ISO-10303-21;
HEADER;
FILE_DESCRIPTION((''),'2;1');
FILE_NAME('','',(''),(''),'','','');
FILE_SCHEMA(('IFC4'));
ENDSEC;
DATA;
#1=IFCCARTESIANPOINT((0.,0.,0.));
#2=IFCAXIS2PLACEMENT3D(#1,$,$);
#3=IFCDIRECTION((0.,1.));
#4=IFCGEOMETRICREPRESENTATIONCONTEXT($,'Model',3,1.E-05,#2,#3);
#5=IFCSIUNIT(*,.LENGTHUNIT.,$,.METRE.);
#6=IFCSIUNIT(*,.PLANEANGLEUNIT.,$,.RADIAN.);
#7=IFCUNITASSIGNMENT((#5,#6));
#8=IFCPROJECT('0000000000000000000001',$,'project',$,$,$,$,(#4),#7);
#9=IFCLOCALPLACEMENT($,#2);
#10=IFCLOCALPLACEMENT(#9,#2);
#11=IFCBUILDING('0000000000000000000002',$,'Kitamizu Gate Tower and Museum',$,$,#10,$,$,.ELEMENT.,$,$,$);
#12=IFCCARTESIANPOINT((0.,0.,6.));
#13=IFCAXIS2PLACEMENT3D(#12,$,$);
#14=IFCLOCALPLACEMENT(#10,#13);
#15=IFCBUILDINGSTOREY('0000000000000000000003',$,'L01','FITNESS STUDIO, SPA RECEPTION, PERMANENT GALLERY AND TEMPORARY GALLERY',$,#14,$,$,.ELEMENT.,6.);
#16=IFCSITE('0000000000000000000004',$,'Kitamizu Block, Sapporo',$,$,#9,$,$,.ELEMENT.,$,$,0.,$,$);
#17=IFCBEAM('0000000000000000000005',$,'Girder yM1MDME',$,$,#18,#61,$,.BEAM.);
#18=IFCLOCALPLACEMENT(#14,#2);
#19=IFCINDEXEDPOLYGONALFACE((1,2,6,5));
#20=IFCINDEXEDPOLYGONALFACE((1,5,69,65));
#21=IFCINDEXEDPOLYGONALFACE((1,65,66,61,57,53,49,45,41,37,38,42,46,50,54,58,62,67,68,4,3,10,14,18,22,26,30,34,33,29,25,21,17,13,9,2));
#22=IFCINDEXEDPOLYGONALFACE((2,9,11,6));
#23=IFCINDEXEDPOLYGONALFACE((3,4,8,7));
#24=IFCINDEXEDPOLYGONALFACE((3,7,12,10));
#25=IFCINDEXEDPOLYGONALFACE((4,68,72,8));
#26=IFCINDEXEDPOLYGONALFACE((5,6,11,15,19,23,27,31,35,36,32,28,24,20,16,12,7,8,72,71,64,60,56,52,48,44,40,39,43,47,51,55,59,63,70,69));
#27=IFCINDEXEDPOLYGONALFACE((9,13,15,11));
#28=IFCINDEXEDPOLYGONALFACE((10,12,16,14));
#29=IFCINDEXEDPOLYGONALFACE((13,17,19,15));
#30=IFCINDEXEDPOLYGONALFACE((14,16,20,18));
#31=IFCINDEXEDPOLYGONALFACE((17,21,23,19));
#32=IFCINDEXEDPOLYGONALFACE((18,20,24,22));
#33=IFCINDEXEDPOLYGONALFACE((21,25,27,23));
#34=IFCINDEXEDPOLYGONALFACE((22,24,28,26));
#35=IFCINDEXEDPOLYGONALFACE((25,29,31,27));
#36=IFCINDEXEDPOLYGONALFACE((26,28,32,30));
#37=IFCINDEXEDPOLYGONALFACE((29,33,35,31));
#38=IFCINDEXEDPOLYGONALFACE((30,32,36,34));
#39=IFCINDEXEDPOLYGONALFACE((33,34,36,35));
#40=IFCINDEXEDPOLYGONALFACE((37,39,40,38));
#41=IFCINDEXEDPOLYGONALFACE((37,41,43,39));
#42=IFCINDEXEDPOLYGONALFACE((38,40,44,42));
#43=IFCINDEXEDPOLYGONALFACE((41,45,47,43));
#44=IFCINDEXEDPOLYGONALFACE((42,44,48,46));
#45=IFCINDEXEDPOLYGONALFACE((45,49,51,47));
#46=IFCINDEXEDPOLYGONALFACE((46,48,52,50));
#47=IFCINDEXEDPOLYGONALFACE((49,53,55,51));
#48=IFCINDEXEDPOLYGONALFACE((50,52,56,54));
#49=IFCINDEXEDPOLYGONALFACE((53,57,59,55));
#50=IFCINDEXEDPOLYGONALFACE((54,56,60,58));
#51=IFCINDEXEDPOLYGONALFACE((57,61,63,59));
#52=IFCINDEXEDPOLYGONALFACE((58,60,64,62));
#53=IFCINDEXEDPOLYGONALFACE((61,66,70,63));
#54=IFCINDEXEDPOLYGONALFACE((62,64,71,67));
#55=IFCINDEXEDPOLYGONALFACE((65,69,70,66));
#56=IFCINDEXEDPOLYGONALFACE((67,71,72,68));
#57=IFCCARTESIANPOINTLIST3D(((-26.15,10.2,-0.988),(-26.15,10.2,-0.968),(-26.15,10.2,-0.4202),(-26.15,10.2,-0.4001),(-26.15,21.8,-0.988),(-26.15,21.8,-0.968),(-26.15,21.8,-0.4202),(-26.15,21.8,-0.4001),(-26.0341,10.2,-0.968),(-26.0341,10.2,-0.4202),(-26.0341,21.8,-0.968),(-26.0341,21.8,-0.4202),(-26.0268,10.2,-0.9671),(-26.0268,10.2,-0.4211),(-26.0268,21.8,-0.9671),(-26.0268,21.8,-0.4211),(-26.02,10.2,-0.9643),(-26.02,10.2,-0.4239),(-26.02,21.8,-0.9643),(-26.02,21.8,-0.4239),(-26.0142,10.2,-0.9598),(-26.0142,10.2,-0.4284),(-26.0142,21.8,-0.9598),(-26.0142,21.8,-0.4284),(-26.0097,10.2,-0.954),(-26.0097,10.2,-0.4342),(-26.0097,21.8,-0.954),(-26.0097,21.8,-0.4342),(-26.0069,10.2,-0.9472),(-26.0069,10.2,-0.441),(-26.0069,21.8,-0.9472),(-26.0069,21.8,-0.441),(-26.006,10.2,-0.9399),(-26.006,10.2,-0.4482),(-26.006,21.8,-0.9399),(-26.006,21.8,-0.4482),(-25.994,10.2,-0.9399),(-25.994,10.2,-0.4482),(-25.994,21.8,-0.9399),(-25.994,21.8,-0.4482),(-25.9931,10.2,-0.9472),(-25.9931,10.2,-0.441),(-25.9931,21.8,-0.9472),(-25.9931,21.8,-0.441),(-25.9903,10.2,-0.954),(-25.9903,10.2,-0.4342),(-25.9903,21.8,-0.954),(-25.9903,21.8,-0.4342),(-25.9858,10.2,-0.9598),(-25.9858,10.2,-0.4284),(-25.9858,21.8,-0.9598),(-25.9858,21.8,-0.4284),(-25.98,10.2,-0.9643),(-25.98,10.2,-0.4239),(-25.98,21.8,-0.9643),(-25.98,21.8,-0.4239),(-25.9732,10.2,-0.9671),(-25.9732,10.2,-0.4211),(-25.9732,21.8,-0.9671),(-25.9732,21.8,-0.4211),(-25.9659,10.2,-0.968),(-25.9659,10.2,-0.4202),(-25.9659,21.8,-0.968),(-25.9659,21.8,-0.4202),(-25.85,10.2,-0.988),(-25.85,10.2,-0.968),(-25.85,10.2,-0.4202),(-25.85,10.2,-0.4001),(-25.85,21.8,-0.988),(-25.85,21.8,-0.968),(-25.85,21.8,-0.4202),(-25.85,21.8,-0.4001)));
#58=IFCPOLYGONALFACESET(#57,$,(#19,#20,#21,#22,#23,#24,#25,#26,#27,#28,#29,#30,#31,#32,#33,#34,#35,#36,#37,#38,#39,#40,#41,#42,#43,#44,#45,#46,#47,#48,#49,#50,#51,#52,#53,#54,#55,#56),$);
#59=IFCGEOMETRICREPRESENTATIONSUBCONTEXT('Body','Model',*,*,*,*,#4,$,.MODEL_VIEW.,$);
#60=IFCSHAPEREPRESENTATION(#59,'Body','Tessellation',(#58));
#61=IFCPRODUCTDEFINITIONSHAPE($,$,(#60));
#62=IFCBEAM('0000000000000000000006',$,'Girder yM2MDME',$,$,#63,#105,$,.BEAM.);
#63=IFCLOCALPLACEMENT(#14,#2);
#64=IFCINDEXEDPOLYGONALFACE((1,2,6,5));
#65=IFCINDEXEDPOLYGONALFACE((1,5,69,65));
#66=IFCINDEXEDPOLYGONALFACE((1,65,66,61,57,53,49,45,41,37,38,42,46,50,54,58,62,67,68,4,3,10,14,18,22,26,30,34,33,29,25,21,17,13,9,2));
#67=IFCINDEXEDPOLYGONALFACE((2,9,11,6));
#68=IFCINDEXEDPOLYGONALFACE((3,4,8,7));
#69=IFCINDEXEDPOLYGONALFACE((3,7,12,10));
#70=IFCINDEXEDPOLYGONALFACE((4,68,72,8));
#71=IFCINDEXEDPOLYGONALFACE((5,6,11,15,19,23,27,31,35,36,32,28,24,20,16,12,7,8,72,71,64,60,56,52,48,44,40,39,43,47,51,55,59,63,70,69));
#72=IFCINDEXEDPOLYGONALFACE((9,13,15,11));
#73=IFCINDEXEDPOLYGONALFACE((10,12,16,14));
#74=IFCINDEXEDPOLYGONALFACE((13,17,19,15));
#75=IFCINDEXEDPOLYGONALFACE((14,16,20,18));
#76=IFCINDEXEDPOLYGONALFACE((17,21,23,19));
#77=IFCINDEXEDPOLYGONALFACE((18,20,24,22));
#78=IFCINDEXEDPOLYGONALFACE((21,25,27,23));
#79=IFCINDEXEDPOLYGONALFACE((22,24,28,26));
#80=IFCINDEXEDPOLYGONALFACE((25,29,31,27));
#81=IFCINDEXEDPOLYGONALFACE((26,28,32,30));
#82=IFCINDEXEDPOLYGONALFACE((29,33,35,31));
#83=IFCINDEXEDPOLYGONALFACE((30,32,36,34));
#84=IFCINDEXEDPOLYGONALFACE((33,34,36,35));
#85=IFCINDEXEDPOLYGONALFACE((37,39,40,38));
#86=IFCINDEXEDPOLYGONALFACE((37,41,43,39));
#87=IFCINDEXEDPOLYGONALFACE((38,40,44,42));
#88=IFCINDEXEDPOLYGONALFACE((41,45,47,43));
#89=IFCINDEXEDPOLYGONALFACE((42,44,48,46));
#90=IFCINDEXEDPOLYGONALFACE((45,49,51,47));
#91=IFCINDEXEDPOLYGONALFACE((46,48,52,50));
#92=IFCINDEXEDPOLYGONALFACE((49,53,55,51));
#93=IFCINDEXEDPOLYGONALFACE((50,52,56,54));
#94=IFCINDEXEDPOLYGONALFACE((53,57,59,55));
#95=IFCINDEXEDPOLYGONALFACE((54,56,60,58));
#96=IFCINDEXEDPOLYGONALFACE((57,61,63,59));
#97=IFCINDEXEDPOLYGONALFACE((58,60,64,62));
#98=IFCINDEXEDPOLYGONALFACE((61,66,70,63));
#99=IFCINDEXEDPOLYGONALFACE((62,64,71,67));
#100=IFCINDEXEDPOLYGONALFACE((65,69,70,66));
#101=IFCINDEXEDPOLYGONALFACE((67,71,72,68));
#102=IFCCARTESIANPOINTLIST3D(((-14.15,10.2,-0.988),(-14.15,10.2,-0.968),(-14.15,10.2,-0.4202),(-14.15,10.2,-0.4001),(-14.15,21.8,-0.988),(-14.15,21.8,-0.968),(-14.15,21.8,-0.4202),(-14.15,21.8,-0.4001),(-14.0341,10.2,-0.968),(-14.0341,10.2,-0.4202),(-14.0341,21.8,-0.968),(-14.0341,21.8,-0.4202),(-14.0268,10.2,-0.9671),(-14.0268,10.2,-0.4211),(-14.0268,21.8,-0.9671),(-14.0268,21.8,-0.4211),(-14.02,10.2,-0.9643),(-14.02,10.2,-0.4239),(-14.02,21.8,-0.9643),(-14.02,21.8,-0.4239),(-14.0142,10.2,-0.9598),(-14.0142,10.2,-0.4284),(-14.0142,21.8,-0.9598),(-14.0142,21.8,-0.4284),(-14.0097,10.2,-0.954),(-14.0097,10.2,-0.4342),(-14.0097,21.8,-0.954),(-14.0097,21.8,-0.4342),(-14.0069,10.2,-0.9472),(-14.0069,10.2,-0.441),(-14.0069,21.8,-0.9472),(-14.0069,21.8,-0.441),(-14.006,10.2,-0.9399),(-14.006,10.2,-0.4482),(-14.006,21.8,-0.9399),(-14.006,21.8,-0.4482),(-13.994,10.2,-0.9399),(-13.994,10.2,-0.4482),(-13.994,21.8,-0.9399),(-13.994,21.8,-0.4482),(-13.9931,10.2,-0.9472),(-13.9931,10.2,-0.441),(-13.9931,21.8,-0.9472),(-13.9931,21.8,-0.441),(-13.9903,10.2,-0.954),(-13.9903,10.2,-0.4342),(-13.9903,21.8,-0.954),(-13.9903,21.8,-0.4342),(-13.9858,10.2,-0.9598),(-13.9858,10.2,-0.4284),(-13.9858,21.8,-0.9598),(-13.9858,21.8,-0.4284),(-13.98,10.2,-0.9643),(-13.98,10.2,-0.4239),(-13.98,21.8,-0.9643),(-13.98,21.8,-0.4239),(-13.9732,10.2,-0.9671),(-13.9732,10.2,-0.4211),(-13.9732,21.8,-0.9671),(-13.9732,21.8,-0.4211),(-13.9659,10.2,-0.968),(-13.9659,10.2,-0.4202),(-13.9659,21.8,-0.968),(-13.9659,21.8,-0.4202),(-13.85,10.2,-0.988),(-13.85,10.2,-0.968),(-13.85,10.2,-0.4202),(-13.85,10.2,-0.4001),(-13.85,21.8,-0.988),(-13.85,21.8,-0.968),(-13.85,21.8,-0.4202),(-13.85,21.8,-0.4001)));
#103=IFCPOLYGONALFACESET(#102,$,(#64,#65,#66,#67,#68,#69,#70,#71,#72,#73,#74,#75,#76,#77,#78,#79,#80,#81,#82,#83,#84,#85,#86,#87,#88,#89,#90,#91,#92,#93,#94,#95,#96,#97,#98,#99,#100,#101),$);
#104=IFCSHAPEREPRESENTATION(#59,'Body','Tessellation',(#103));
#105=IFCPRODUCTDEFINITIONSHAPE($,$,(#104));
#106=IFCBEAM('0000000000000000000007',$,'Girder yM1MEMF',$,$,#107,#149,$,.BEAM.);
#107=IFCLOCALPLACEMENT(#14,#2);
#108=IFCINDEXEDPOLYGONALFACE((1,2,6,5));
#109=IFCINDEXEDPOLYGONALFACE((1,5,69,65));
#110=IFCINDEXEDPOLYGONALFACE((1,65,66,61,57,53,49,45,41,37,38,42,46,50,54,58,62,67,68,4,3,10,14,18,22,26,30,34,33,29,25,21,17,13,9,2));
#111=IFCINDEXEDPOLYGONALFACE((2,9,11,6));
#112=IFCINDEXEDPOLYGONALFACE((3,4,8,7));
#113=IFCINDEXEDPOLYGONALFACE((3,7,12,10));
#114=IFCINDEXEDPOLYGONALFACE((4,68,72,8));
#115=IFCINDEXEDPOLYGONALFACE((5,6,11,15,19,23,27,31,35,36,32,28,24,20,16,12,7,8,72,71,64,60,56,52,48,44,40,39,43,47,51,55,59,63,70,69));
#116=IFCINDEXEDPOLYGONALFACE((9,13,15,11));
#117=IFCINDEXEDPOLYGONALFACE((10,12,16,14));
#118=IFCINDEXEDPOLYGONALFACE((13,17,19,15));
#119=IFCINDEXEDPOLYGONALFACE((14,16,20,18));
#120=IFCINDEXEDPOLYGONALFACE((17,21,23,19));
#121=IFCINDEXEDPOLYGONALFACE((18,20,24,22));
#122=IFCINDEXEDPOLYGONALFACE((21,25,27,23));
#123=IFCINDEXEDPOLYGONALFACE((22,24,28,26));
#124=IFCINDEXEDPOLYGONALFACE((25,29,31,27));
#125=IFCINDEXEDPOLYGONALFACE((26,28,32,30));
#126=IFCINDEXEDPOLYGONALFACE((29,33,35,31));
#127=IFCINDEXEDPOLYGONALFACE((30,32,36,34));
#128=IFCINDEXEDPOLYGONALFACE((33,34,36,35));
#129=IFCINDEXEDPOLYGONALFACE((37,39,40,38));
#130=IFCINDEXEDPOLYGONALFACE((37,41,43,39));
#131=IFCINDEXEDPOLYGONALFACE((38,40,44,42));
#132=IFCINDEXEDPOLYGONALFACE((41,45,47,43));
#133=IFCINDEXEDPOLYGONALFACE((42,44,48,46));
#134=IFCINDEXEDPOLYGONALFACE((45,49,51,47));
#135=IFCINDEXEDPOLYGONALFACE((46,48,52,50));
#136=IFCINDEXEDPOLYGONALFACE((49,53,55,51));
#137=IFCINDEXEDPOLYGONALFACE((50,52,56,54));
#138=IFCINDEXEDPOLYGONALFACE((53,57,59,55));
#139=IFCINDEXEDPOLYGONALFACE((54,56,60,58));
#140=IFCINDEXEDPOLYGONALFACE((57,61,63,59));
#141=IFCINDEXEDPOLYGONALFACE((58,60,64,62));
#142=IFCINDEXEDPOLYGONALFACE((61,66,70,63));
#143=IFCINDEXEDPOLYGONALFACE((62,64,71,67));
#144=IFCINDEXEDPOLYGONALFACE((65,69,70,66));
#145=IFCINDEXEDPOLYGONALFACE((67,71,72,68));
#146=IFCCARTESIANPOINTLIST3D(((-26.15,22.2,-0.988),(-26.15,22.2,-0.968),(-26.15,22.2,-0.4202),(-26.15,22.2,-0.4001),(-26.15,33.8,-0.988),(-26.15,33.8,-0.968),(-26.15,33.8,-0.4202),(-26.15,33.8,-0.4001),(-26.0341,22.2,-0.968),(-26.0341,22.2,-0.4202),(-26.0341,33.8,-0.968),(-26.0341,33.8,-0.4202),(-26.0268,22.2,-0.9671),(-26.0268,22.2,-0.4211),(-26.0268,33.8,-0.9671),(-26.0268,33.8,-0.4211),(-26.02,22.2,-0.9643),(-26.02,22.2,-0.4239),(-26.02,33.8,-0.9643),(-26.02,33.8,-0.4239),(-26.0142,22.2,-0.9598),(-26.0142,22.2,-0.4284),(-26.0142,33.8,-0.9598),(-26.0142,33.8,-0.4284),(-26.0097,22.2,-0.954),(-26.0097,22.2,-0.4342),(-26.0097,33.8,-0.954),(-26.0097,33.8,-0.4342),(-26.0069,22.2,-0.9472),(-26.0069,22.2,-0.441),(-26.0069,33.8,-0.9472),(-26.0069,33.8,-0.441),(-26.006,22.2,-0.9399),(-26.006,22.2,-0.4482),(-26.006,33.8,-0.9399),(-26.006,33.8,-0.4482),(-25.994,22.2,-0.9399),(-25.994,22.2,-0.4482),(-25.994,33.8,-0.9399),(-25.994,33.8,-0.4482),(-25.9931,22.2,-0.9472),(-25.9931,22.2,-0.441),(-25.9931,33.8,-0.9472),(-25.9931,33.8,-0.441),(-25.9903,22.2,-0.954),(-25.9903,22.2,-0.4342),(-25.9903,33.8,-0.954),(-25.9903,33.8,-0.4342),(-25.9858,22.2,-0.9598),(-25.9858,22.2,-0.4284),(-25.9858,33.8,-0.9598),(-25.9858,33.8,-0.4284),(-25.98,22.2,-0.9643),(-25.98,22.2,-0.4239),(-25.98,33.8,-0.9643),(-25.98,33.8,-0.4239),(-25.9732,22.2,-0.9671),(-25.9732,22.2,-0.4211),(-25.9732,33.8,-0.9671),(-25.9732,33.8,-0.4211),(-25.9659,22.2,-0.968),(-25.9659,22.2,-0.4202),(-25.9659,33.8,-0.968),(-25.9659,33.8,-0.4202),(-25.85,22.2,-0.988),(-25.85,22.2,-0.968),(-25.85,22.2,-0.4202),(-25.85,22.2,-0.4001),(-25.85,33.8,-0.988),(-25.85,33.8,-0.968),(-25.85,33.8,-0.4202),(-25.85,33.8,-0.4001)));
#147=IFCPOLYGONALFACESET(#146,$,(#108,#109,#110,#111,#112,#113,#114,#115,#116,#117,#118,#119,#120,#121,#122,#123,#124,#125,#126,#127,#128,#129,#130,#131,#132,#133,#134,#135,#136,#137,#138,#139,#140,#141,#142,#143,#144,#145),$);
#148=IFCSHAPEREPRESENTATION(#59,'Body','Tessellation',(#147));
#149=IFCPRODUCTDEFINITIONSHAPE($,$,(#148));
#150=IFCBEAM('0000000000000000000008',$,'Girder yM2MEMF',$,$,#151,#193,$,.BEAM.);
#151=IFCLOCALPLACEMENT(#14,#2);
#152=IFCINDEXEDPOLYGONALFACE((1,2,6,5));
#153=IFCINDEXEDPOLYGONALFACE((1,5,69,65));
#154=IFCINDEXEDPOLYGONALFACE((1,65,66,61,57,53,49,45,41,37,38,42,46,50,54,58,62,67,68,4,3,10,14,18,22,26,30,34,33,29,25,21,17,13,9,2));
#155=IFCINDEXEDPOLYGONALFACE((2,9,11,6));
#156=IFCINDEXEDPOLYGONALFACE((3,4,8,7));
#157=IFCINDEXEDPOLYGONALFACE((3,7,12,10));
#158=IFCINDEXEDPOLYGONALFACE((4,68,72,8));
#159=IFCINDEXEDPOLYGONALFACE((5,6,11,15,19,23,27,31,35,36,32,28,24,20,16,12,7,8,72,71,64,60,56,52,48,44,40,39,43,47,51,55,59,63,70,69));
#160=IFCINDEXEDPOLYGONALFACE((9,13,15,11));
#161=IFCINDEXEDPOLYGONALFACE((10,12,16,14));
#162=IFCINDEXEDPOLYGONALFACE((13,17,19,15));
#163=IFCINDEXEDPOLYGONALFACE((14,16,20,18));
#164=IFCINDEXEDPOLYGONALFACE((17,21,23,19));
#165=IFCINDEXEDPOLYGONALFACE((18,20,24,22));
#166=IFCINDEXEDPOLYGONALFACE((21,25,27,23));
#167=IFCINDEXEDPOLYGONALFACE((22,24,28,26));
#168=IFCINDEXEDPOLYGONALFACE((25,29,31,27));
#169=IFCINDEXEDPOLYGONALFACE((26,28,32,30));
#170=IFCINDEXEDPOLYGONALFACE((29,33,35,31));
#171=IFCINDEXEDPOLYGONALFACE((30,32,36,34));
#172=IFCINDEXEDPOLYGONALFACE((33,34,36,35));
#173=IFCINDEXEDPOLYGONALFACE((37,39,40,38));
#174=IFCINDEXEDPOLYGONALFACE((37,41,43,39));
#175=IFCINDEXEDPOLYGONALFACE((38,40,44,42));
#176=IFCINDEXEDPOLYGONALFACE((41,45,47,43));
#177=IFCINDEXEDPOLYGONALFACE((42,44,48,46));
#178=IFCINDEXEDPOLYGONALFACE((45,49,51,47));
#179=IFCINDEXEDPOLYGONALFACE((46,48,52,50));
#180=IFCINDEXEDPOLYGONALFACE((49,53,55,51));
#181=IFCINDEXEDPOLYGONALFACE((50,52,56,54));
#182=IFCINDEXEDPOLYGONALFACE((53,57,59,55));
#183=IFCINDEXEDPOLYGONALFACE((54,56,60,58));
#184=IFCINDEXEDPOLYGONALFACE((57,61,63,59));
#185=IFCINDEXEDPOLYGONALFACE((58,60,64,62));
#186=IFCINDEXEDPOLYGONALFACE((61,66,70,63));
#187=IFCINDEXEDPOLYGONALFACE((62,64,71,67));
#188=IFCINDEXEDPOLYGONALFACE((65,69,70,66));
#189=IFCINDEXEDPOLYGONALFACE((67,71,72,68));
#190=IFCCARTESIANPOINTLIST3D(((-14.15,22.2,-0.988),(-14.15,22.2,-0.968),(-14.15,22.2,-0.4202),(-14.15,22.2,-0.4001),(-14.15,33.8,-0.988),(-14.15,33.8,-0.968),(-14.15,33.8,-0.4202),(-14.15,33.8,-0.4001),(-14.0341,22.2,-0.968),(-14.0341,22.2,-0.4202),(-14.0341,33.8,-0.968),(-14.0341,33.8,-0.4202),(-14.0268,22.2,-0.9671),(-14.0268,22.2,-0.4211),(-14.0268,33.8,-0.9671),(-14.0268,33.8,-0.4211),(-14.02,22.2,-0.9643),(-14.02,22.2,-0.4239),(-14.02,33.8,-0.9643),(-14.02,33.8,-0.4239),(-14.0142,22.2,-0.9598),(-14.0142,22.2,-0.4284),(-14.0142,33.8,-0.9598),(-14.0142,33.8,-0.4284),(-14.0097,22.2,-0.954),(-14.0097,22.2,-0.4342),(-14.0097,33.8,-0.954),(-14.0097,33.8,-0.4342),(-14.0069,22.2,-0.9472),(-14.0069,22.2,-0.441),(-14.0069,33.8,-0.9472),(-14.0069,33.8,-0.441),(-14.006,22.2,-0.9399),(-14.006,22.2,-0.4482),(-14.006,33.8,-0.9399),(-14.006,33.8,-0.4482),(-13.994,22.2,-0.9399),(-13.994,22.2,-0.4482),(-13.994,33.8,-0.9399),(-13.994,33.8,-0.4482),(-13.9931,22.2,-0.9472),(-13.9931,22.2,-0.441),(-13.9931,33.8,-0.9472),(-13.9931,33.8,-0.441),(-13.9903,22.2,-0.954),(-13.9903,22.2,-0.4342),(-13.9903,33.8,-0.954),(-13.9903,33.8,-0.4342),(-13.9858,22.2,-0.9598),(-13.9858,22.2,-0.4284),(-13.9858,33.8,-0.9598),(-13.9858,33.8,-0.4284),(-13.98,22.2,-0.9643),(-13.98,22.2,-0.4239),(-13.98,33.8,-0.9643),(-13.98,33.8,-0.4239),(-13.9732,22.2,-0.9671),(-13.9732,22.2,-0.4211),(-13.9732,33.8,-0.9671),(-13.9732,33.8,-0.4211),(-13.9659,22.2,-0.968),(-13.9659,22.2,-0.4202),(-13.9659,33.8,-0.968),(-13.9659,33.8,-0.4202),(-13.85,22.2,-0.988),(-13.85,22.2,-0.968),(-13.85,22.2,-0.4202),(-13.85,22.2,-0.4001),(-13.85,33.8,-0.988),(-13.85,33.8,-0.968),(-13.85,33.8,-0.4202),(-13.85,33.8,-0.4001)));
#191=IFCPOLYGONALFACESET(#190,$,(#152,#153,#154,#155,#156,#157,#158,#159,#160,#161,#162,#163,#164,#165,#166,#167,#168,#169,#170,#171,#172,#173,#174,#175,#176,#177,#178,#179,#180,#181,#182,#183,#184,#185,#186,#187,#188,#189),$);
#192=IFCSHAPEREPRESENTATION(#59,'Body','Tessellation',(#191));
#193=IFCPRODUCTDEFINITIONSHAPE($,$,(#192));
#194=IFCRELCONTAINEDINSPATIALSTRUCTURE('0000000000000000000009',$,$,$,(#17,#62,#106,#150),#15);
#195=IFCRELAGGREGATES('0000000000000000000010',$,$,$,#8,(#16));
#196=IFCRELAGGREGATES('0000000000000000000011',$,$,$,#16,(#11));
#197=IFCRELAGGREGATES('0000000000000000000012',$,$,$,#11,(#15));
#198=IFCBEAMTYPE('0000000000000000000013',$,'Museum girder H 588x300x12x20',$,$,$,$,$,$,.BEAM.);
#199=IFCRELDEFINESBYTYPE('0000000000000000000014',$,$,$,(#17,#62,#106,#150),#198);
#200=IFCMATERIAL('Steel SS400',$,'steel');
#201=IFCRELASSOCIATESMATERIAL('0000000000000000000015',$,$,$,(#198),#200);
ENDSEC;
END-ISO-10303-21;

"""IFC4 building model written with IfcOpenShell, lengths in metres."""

from ifc_helpers import new_model, si_unit, direction, frame, origin, origin_2d, place, context, subcontext, project, spatial, i_section, extrude, material, material_profile, profile_set, type_object, element, save


model = new_model("IFC4")

# Units and contexts
model_context = context("Model", 3, precision=1e-05, world=origin(), true_north=direction((0.0, 1.0)))
body_context = subcontext(model_context, "Body", "Model", "MODEL_VIEW")
ifc_project = project(units=[si_unit("LENGTHUNIT", "METRE"), si_unit("PLANEANGLEUNIT", "RADIAN")], contexts=[model_context])

# Site, building, storey
site_placement = place(None, origin())
site = spatial("IfcSite", under=ifc_project, at=site_placement, Name="Kitamizu Block, Sapporo", CompositionType="ELEMENT", RefElevation=0.0)
building_placement = place(site_placement, origin())
building = spatial("IfcBuilding", under=site, at=building_placement, Name="Kitamizu Gate Tower and Museum", CompositionType="ELEMENT")
storey_placement = place(building_placement, frame((0.0, 0.0, 6.0)))
storey = spatial("IfcBuildingStorey", under=building, at=storey_placement, Name="L01", Description="FITNESS STUDIO, SPA RECEPTION, PERMANENT GALLERY AND TEMPORARY GALLERY", CompositionType="ELEMENT", Elevation=6.0)

# Beams
ifc_material_1 = material(Name="Steel SS400", Category="steel")
ifc_material_profile_1 = material_profile(ifc_material_1, i_section(OverallWidth=0.3, OverallDepth=0.5879, WebThickness=0.012, FlangeThickness=0.02, FilletRadius=0.0281, at=origin_2d()), Name="H-588x300x12x20")
ifc_profile_set_1 = profile_set([ifc_material_profile_1], Name="Steel SS400")
beam_type_1 = type_object("IfcBeamType", Name="Museum girder H 588x300x12x20", PredefinedType="BEAM", material=ifc_profile_set_1)
for number, where, z_axis, x_axis, name in (
    (1, (-26.0, 10.2, -0.6941), (0.0, 1.0, 0.0), (-1.0, 0.0, 0.0), "Girder yM1MDME"),
    (2, (-14.0, 10.2, -0.6941), (0.0, 1.0, 0.0), (-1.0, 0.0, 0.0), "Girder yM2MDME"),
    (3, (-26.0, 22.2, -0.6941), (0.0, 1.0, 0.0), (-1.0, 0.0, 0.0), "Girder yM1MEMF"),
    (4, (-14.0, 22.2, -0.6941), (0.0, 1.0, 0.0), (-1.0, 0.0, 0.0), "Girder yM2MEMF"),
):
    element("IfcBeam", number, at=place(storey_placement, frame(where, z_axis=z_axis, x_axis=x_axis)), inside=storey, type_object=beam_type_1, Name=name, PredefinedType="BEAM", context=body_context, shape_type="SweptSolid", body=[
        extrude(i_section(OverallWidth=0.3, OverallDepth=0.5879, WebThickness=0.012, FlangeThickness=0.02, FilletRadius=0.0281, at=origin_2d()), origin(), (0.0, 0.0, 1.0), 11.6001),
    ])

save(model, "model.ifc")
